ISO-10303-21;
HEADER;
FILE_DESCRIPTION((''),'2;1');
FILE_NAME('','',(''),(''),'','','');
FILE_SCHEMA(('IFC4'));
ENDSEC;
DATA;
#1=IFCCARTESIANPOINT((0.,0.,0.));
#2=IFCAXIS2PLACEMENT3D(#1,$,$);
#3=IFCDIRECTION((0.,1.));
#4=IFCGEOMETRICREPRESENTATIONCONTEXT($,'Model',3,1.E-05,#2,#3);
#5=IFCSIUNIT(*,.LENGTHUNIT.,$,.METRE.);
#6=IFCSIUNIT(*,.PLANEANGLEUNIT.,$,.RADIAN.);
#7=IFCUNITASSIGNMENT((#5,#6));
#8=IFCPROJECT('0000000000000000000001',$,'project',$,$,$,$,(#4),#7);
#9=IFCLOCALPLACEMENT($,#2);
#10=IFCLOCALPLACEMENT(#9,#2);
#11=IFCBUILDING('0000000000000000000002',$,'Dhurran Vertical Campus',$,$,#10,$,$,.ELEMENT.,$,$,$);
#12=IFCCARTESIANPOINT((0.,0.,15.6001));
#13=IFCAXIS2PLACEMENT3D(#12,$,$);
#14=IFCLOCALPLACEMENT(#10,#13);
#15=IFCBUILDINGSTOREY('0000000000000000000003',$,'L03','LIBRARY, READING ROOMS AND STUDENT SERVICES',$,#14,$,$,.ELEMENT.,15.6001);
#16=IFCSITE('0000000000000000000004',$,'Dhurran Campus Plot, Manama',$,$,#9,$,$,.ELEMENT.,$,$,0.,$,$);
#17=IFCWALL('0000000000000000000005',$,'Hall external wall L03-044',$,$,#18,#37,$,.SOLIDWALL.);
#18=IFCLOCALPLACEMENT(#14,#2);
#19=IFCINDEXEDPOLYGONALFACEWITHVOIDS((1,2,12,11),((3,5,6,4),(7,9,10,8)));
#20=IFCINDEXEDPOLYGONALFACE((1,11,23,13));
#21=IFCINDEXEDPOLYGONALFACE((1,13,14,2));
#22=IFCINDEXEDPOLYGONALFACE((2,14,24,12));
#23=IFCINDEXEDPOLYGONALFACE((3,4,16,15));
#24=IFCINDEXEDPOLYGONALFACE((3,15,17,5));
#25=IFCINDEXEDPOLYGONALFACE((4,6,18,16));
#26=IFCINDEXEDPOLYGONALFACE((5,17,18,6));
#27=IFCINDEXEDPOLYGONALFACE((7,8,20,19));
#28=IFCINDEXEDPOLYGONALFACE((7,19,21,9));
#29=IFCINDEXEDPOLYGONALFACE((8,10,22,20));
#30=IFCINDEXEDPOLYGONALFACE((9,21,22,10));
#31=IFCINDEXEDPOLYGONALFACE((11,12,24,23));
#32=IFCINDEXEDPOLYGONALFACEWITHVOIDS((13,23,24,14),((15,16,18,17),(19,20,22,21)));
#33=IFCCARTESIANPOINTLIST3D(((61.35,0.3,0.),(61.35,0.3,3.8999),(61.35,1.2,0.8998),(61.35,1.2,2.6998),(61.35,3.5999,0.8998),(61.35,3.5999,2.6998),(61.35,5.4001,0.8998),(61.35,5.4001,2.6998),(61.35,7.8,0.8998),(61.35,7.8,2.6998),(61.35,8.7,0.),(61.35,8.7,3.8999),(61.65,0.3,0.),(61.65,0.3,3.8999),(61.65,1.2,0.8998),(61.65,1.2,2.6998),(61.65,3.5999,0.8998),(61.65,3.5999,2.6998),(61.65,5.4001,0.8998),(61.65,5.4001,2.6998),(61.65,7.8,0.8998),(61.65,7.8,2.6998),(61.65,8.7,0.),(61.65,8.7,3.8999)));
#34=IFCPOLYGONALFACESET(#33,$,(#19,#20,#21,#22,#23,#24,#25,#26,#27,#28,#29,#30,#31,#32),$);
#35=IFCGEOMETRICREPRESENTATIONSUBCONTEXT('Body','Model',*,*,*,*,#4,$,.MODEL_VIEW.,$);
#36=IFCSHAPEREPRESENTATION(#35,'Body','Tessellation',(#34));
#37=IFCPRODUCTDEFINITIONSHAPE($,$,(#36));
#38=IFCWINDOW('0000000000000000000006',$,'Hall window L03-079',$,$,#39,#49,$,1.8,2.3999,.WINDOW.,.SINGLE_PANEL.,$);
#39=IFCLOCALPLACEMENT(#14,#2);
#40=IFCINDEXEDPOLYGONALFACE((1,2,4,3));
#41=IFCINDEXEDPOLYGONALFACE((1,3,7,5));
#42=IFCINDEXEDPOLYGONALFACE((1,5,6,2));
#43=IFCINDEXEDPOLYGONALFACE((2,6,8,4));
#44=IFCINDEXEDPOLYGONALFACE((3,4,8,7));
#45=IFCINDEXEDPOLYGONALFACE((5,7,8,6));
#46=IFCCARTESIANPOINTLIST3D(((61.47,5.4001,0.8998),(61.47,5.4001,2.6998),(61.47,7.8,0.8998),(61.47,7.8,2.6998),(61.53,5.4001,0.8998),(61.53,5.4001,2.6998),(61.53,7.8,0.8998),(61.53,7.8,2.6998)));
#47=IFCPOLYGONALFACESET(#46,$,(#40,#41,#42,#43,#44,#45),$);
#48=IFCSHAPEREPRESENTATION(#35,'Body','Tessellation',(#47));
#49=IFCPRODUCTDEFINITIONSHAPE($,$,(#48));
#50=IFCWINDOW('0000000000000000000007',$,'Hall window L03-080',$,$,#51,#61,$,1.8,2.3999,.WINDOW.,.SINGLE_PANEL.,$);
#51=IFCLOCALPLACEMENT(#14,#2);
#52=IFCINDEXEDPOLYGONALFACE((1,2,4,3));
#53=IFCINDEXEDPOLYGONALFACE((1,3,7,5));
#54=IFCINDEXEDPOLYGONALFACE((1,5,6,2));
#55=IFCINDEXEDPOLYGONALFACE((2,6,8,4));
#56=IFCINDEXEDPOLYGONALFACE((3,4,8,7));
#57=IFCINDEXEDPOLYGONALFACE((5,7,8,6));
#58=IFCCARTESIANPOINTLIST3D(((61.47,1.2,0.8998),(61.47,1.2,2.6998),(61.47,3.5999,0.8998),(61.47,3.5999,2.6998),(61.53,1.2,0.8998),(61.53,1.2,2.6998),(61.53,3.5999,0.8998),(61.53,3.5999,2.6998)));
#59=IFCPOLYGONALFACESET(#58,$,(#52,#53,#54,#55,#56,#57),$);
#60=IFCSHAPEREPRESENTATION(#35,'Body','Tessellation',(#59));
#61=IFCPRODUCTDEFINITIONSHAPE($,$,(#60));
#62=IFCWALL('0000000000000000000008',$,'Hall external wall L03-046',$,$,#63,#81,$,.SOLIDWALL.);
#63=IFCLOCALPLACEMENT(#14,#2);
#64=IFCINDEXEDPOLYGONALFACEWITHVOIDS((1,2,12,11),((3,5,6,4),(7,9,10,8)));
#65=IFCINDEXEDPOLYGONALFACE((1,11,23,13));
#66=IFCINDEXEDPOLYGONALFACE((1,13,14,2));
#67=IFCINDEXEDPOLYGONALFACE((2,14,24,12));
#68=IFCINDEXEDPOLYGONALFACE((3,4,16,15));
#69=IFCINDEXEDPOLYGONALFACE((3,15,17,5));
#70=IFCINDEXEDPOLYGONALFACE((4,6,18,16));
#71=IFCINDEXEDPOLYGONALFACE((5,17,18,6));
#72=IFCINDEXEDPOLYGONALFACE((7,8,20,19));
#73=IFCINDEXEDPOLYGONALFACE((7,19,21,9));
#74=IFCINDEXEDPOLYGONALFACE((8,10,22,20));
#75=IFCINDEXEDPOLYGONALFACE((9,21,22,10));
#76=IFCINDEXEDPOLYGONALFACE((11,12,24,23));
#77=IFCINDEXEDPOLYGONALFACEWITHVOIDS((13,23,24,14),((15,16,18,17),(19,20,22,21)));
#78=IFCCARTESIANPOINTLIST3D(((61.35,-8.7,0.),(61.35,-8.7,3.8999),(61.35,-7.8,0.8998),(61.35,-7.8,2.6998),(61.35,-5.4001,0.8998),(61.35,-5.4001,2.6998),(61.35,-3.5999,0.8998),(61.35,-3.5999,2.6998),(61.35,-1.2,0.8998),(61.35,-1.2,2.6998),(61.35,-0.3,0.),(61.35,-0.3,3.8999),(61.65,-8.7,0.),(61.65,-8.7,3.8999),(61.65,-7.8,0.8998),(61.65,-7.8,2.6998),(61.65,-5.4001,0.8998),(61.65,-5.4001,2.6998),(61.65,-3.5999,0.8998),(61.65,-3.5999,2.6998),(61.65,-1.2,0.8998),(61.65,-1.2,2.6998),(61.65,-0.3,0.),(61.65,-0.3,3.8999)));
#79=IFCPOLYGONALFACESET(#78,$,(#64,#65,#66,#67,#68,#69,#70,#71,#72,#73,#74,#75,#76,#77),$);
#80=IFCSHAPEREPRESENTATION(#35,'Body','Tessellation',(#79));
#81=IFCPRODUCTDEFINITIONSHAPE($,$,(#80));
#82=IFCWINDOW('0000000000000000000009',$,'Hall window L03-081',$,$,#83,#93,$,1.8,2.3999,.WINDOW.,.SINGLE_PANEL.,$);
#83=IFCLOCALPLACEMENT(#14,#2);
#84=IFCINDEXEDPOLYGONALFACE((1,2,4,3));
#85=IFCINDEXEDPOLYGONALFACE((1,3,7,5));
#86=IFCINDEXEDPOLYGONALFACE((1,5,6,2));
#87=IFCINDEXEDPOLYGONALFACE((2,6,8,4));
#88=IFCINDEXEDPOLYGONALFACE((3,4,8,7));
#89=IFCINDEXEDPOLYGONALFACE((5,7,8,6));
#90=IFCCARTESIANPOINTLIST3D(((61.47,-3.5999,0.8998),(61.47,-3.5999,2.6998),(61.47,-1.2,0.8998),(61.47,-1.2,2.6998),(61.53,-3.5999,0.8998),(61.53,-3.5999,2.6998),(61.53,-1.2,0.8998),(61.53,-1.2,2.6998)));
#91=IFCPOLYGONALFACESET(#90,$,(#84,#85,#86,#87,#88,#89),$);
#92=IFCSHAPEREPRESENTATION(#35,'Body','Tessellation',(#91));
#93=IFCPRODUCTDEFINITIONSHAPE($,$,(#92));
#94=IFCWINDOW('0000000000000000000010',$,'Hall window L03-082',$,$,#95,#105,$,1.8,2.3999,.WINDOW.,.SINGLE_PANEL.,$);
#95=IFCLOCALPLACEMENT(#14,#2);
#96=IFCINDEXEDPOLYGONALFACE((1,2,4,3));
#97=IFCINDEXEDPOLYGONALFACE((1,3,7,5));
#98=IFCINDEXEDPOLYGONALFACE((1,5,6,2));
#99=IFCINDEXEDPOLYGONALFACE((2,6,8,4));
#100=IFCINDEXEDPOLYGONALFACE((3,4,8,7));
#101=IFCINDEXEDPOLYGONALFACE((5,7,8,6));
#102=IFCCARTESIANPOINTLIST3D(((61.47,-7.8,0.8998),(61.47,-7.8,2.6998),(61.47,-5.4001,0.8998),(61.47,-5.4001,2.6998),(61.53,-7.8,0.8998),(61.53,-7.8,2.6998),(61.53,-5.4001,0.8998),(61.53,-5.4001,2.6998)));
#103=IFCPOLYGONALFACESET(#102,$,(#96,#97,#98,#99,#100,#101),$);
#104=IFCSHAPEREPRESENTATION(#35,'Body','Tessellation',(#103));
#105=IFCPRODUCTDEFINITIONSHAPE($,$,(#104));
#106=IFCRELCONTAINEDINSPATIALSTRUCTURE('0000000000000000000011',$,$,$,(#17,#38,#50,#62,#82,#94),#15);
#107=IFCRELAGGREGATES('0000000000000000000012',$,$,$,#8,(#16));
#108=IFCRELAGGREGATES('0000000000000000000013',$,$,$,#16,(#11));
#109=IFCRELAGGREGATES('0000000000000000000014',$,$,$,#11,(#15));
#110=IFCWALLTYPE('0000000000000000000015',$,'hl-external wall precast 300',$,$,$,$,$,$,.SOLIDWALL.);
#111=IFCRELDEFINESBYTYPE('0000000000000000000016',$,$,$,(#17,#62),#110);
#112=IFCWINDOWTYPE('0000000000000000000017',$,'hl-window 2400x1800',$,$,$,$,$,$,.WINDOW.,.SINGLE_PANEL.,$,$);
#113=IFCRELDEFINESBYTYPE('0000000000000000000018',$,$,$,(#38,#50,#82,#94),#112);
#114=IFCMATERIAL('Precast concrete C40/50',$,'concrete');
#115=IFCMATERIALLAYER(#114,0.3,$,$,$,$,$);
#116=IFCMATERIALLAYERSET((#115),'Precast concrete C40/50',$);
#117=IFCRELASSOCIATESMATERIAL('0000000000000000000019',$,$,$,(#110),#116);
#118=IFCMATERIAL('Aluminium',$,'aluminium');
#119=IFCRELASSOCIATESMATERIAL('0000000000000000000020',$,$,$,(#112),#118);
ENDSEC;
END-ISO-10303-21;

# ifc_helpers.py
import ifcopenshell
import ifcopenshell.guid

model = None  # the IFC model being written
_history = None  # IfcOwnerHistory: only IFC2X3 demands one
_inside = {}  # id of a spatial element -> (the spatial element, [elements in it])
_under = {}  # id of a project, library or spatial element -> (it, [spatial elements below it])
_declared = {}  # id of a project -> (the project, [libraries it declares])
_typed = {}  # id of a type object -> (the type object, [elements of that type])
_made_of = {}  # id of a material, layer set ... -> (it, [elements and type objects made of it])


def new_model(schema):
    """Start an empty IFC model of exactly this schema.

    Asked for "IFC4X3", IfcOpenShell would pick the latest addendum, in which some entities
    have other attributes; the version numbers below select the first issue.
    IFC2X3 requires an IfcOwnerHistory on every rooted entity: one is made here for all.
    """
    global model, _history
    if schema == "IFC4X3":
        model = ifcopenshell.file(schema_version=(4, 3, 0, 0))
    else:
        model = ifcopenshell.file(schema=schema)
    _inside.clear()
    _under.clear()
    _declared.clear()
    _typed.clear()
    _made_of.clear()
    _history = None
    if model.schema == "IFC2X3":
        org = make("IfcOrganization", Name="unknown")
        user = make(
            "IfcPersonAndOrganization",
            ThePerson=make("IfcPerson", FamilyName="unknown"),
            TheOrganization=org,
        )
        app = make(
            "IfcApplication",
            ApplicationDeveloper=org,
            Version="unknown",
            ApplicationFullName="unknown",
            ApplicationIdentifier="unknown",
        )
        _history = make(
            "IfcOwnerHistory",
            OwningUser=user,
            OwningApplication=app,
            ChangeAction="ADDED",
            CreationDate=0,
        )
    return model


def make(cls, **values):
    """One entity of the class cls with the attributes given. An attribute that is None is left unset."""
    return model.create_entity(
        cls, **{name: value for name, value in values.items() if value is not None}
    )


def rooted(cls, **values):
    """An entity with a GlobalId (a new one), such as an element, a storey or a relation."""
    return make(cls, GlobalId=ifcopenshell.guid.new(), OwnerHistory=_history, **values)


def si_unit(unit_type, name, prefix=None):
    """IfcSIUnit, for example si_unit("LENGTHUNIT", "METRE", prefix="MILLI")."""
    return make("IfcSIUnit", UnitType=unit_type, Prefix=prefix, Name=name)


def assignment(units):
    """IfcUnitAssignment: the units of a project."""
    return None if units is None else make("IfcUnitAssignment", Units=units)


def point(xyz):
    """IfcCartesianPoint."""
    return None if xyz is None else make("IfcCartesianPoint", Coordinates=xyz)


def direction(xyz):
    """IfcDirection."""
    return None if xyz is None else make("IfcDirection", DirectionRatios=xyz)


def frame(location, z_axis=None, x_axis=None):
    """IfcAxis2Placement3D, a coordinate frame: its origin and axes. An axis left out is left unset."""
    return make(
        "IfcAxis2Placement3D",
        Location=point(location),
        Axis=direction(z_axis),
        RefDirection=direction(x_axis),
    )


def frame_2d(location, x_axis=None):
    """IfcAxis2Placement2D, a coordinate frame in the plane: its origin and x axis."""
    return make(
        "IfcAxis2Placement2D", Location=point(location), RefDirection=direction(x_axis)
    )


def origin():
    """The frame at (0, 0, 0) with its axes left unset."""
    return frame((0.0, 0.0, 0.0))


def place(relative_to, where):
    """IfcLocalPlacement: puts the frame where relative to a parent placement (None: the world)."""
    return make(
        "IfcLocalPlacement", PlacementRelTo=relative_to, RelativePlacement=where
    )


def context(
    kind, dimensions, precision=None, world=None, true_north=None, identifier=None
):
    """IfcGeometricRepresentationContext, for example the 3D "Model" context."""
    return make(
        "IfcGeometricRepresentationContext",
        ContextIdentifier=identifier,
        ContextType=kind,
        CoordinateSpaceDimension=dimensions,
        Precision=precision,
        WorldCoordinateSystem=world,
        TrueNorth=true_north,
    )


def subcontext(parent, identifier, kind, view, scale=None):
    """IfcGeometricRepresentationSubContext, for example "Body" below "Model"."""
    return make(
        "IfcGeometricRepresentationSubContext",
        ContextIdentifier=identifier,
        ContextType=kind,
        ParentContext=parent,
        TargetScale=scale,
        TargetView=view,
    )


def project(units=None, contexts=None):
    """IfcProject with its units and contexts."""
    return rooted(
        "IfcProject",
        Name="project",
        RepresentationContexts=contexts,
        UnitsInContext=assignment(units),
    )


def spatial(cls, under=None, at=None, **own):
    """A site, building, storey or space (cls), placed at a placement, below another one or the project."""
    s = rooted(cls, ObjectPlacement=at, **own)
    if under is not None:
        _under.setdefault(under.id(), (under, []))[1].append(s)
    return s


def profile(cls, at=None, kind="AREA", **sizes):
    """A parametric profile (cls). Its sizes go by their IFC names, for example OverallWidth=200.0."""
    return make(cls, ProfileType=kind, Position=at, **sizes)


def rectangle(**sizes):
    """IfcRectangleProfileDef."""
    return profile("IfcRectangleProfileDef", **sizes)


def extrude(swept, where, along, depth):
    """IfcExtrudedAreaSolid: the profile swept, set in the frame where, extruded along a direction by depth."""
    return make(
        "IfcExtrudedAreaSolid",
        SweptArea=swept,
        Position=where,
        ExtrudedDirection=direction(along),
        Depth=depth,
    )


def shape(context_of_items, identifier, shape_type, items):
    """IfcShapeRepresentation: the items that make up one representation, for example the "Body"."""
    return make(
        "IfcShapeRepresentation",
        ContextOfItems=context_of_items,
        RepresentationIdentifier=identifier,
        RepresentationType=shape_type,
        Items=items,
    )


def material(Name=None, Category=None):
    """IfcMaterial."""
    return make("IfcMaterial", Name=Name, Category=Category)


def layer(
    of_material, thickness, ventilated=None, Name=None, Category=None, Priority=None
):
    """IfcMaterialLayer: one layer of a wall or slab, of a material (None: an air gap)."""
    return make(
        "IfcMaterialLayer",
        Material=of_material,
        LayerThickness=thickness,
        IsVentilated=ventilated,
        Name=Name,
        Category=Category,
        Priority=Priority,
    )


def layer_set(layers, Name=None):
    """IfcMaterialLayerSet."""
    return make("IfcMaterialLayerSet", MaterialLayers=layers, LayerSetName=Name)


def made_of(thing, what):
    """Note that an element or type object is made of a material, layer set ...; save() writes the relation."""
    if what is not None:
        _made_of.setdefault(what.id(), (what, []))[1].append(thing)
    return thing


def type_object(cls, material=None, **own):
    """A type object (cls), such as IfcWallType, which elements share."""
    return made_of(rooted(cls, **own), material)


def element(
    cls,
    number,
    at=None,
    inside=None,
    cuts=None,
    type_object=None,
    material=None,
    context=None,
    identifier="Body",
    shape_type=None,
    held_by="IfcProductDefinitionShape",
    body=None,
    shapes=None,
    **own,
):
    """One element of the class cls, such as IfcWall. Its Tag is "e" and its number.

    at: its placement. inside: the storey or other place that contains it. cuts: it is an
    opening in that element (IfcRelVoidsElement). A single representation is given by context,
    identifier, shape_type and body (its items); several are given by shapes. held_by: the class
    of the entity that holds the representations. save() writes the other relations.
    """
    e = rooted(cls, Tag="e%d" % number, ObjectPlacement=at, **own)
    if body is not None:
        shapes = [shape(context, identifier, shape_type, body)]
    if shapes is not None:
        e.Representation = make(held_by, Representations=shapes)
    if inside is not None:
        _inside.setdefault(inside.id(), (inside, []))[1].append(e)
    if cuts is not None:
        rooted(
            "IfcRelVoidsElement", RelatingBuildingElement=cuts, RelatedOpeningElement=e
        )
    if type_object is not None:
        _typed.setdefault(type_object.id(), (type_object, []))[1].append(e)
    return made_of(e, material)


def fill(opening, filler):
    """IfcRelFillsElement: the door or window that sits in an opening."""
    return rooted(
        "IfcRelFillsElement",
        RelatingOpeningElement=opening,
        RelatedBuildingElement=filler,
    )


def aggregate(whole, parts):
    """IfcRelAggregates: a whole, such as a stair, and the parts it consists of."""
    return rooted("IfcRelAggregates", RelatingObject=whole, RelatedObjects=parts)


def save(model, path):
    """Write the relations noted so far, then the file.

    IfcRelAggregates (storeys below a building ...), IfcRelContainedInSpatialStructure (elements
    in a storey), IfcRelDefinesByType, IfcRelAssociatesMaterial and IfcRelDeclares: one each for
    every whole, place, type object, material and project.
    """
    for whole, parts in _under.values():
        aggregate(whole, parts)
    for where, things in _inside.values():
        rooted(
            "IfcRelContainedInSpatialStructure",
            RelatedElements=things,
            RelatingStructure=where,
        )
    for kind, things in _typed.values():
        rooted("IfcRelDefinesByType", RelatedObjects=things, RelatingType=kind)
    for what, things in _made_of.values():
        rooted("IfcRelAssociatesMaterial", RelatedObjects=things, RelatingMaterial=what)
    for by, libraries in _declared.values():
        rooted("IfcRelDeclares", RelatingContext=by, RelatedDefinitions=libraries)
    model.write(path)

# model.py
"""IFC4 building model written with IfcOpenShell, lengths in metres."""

from ifc_helpers import new_model, si_unit, direction, frame, frame_2d, origin, place, context, subcontext, project, spatial, rectangle, extrude, material, layer, layer_set, type_object, element, fill, save


model = new_model("IFC4")

# Units and contexts
model_context = context("Model", 3, precision=1e-05, world=origin(), true_north=direction((0.0, 1.0)))
body_context = subcontext(model_context, "Body", "Model", "MODEL_VIEW")
ifc_project = project(units=[si_unit("LENGTHUNIT", "METRE"), si_unit("PLANEANGLEUNIT", "RADIAN")], contexts=[model_context])

# Site, building, storey
site_placement = place(None, origin())
site = spatial("IfcSite", under=ifc_project, at=site_placement, Name="Dhurran Campus Plot, Manama", CompositionType="ELEMENT", RefElevation=0.0)
building_placement = place(site_placement, origin())
building = spatial("IfcBuilding", under=site, at=building_placement, Name="Dhurran Vertical Campus", CompositionType="ELEMENT")
storey_placement = place(building_placement, frame((0.0, 0.0, 15.6001)))
storey = spatial("IfcBuildingStorey", under=building, at=storey_placement, Name="L03", Description="LIBRARY, READING ROOMS AND STUDENT SERVICES", CompositionType="ELEMENT", Elevation=15.6001)

# Walls, openings, windows
ifc_material_1 = material(Name="Precast concrete C40/50", Category="concrete")
ifc_layer = layer(ifc_material_1, 0.3)
ifc_layer_set = layer_set([ifc_layer], Name="Precast concrete C40/50")
wall_type = type_object("IfcWallType", Name="hl-external wall precast 300", PredefinedType="SOLIDWALL", material=ifc_layer_set)
ifc_material_2 = material(Name="Aluminium", Category="aluminium")
window_type = type_object("IfcWindowType", Name="hl-window 2400x1800", PartitioningType="SINGLE_PANEL", PredefinedType="WINDOW", material=ifc_material_2)
wall_1_placement = place(storey_placement, frame((61.5, 8.7, 0.0), z_axis=(0.0, 0.0, 1.0), x_axis=(0.0, -1.0, 0.0)))
wall_1 = element("IfcWall", 1, at=wall_1_placement, inside=storey, type_object=wall_type, Name="Hall external wall L03-044", PredefinedType="SOLIDWALL", context=body_context, shape_type="SweptSolid", body=[
    extrude(rectangle(XDim=8.3999, YDim=0.3, at=frame_2d((4.2, 0.0))), origin(), (0.0, 0.0, 1.0), 3.8999),
])
opening_1_placement = place(wall_1_placement, frame((0.8999, 0.0, 0.8999)))
opening_1 = element("IfcOpeningElement", 2, at=opening_1_placement, cuts=wall_1, PredefinedType="OPENING", context=body_context, shape_type="SweptSolid", body=[
    extrude(rectangle(XDim=2.3999, YDim=1.8, at=frame_2d((1.2, 0.8999))), frame((0.0, 0.1599, 0.0), z_axis=(0.0, -1.0, 0.0), x_axis=(1.0, 0.0, 0.0)), (0.0, 0.0, 1.0), 0.3201),
])
opening_2_placement = place(wall_1_placement, frame((5.1001, 0.0, 0.8999)))
opening_2 = element("IfcOpeningElement", 3, at=opening_2_placement, cuts=wall_1, PredefinedType="OPENING", context=body_context, shape_type="SweptSolid", body=[
    extrude(rectangle(XDim=2.3999, YDim=1.8, at=frame_2d((1.2, 0.8999))), frame((0.0, 0.1599, 0.0), z_axis=(0.0, -1.0, 0.0), x_axis=(1.0, 0.0, 0.0)), (0.0, 0.0, 1.0), 0.3201),
])
window_1_placement = place(opening_1_placement, origin())
window_1 = element("IfcWindow", 4, at=window_1_placement, inside=storey, type_object=window_type, Name="Hall window L03-079", OverallHeight=1.8, OverallWidth=2.3999, PartitioningType="SINGLE_PANEL", PredefinedType="WINDOW", context=body_context, shape_type="SweptSolid", body=[
    extrude(rectangle(XDim=2.3999, YDim=1.8, at=frame_2d((1.2, 0.8999))), frame((0.0, 0.03, 0.0), z_axis=(0.0, -1.0, 0.0), x_axis=(1.0, 0.0, 0.0)), (0.0, 0.0, 1.0), 0.0601),
])
fill(opening_1, window_1)
window_2_placement = place(opening_2_placement, origin())
window_2 = element("IfcWindow", 5, at=window_2_placement, inside=storey, type_object=window_type, Name="Hall window L03-080", OverallHeight=1.8, OverallWidth=2.3999, PartitioningType="SINGLE_PANEL", PredefinedType="WINDOW", context=body_context, shape_type="SweptSolid", body=[
    extrude(rectangle(XDim=2.3999, YDim=1.8, at=frame_2d((1.2, 0.8999))), frame((0.0, 0.03, 0.0), z_axis=(0.0, -1.0, 0.0), x_axis=(1.0, 0.0, 0.0)), (0.0, 0.0, 1.0), 0.0601),
])
fill(opening_2, window_2)
wall_2_placement = place(storey_placement, frame((61.5, -0.3, 0.0), z_axis=(0.0, 0.0, 1.0), x_axis=(0.0, -1.0, 0.0)))
wall_2 = element("IfcWall", 6, at=wall_2_placement, inside=storey, type_object=wall_type, Name="Hall external wall L03-046", PredefinedType="SOLIDWALL", context=body_context, shape_type="SweptSolid", body=[
    extrude(rectangle(XDim=8.3999, YDim=0.3, at=frame_2d((4.2, 0.0))), origin(), (0.0, 0.0, 1.0), 3.8999),
])
opening_3_placement = place(wall_2_placement, frame((0.8999, 0.0, 0.8999)))
opening_3 = element("IfcOpeningElement", 7, at=opening_3_placement, cuts=wall_2, PredefinedType="OPENING", context=body_context, shape_type="SweptSolid", body=[
    extrude(rectangle(XDim=2.3999, YDim=1.8, at=frame_2d((1.2, 0.8999))), frame((0.0, 0.1599, 0.0), z_axis=(0.0, -1.0, 0.0), x_axis=(1.0, 0.0, 0.0)), (0.0, 0.0, 1.0), 0.3201),
])
opening_4_placement = place(wall_2_placement, frame((5.1001, 0.0, 0.8999)))
opening_4 = element("IfcOpeningElement", 8, at=opening_4_placement, cuts=wall_2, PredefinedType="OPENING", context=body_context, shape_type="SweptSolid", body=[
    extrude(rectangle(XDim=2.3999, YDim=1.8, at=frame_2d((1.2, 0.8999))), frame((0.0, 0.1599, 0.0), z_axis=(0.0, -1.0, 0.0), x_axis=(1.0, 0.0, 0.0)), (0.0, 0.0, 1.0), 0.3201),
])
window_3_placement = place(opening_3_placement, origin())
window_3 = element("IfcWindow", 9, at=window_3_placement, inside=storey, type_object=window_type, Name="Hall window L03-081", OverallHeight=1.8, OverallWidth=2.3999, PartitioningType="SINGLE_PANEL", PredefinedType="WINDOW", context=body_context, shape_type="SweptSolid", body=[
    extrude(rectangle(XDim=2.3999, YDim=1.8, at=frame_2d((1.2, 0.8999))), frame((0.0, 0.03, 0.0), z_axis=(0.0, -1.0, 0.0), x_axis=(1.0, 0.0, 0.0)), (0.0, 0.0, 1.0), 0.0601),
])
fill(opening_3, window_3)
window_4_placement = place(opening_4_placement, origin())
window_4 = element("IfcWindow", 10, at=window_4_placement, inside=storey, type_object=window_type, Name="Hall window L03-082", OverallHeight=1.8, OverallWidth=2.3999, PartitioningType="SINGLE_PANEL", PredefinedType="WINDOW", context=body_context, shape_type="SweptSolid", body=[
    extrude(rectangle(XDim=2.3999, YDim=1.8, at=frame_2d((1.2, 0.8999))), frame((0.0, 0.03, 0.0), z_axis=(0.0, -1.0, 0.0), x_axis=(1.0, 0.0, 0.0)), (0.0, 0.0, 1.0), 0.0601),
])
fill(opening_4, window_4)

save(model, "model.ifc")
